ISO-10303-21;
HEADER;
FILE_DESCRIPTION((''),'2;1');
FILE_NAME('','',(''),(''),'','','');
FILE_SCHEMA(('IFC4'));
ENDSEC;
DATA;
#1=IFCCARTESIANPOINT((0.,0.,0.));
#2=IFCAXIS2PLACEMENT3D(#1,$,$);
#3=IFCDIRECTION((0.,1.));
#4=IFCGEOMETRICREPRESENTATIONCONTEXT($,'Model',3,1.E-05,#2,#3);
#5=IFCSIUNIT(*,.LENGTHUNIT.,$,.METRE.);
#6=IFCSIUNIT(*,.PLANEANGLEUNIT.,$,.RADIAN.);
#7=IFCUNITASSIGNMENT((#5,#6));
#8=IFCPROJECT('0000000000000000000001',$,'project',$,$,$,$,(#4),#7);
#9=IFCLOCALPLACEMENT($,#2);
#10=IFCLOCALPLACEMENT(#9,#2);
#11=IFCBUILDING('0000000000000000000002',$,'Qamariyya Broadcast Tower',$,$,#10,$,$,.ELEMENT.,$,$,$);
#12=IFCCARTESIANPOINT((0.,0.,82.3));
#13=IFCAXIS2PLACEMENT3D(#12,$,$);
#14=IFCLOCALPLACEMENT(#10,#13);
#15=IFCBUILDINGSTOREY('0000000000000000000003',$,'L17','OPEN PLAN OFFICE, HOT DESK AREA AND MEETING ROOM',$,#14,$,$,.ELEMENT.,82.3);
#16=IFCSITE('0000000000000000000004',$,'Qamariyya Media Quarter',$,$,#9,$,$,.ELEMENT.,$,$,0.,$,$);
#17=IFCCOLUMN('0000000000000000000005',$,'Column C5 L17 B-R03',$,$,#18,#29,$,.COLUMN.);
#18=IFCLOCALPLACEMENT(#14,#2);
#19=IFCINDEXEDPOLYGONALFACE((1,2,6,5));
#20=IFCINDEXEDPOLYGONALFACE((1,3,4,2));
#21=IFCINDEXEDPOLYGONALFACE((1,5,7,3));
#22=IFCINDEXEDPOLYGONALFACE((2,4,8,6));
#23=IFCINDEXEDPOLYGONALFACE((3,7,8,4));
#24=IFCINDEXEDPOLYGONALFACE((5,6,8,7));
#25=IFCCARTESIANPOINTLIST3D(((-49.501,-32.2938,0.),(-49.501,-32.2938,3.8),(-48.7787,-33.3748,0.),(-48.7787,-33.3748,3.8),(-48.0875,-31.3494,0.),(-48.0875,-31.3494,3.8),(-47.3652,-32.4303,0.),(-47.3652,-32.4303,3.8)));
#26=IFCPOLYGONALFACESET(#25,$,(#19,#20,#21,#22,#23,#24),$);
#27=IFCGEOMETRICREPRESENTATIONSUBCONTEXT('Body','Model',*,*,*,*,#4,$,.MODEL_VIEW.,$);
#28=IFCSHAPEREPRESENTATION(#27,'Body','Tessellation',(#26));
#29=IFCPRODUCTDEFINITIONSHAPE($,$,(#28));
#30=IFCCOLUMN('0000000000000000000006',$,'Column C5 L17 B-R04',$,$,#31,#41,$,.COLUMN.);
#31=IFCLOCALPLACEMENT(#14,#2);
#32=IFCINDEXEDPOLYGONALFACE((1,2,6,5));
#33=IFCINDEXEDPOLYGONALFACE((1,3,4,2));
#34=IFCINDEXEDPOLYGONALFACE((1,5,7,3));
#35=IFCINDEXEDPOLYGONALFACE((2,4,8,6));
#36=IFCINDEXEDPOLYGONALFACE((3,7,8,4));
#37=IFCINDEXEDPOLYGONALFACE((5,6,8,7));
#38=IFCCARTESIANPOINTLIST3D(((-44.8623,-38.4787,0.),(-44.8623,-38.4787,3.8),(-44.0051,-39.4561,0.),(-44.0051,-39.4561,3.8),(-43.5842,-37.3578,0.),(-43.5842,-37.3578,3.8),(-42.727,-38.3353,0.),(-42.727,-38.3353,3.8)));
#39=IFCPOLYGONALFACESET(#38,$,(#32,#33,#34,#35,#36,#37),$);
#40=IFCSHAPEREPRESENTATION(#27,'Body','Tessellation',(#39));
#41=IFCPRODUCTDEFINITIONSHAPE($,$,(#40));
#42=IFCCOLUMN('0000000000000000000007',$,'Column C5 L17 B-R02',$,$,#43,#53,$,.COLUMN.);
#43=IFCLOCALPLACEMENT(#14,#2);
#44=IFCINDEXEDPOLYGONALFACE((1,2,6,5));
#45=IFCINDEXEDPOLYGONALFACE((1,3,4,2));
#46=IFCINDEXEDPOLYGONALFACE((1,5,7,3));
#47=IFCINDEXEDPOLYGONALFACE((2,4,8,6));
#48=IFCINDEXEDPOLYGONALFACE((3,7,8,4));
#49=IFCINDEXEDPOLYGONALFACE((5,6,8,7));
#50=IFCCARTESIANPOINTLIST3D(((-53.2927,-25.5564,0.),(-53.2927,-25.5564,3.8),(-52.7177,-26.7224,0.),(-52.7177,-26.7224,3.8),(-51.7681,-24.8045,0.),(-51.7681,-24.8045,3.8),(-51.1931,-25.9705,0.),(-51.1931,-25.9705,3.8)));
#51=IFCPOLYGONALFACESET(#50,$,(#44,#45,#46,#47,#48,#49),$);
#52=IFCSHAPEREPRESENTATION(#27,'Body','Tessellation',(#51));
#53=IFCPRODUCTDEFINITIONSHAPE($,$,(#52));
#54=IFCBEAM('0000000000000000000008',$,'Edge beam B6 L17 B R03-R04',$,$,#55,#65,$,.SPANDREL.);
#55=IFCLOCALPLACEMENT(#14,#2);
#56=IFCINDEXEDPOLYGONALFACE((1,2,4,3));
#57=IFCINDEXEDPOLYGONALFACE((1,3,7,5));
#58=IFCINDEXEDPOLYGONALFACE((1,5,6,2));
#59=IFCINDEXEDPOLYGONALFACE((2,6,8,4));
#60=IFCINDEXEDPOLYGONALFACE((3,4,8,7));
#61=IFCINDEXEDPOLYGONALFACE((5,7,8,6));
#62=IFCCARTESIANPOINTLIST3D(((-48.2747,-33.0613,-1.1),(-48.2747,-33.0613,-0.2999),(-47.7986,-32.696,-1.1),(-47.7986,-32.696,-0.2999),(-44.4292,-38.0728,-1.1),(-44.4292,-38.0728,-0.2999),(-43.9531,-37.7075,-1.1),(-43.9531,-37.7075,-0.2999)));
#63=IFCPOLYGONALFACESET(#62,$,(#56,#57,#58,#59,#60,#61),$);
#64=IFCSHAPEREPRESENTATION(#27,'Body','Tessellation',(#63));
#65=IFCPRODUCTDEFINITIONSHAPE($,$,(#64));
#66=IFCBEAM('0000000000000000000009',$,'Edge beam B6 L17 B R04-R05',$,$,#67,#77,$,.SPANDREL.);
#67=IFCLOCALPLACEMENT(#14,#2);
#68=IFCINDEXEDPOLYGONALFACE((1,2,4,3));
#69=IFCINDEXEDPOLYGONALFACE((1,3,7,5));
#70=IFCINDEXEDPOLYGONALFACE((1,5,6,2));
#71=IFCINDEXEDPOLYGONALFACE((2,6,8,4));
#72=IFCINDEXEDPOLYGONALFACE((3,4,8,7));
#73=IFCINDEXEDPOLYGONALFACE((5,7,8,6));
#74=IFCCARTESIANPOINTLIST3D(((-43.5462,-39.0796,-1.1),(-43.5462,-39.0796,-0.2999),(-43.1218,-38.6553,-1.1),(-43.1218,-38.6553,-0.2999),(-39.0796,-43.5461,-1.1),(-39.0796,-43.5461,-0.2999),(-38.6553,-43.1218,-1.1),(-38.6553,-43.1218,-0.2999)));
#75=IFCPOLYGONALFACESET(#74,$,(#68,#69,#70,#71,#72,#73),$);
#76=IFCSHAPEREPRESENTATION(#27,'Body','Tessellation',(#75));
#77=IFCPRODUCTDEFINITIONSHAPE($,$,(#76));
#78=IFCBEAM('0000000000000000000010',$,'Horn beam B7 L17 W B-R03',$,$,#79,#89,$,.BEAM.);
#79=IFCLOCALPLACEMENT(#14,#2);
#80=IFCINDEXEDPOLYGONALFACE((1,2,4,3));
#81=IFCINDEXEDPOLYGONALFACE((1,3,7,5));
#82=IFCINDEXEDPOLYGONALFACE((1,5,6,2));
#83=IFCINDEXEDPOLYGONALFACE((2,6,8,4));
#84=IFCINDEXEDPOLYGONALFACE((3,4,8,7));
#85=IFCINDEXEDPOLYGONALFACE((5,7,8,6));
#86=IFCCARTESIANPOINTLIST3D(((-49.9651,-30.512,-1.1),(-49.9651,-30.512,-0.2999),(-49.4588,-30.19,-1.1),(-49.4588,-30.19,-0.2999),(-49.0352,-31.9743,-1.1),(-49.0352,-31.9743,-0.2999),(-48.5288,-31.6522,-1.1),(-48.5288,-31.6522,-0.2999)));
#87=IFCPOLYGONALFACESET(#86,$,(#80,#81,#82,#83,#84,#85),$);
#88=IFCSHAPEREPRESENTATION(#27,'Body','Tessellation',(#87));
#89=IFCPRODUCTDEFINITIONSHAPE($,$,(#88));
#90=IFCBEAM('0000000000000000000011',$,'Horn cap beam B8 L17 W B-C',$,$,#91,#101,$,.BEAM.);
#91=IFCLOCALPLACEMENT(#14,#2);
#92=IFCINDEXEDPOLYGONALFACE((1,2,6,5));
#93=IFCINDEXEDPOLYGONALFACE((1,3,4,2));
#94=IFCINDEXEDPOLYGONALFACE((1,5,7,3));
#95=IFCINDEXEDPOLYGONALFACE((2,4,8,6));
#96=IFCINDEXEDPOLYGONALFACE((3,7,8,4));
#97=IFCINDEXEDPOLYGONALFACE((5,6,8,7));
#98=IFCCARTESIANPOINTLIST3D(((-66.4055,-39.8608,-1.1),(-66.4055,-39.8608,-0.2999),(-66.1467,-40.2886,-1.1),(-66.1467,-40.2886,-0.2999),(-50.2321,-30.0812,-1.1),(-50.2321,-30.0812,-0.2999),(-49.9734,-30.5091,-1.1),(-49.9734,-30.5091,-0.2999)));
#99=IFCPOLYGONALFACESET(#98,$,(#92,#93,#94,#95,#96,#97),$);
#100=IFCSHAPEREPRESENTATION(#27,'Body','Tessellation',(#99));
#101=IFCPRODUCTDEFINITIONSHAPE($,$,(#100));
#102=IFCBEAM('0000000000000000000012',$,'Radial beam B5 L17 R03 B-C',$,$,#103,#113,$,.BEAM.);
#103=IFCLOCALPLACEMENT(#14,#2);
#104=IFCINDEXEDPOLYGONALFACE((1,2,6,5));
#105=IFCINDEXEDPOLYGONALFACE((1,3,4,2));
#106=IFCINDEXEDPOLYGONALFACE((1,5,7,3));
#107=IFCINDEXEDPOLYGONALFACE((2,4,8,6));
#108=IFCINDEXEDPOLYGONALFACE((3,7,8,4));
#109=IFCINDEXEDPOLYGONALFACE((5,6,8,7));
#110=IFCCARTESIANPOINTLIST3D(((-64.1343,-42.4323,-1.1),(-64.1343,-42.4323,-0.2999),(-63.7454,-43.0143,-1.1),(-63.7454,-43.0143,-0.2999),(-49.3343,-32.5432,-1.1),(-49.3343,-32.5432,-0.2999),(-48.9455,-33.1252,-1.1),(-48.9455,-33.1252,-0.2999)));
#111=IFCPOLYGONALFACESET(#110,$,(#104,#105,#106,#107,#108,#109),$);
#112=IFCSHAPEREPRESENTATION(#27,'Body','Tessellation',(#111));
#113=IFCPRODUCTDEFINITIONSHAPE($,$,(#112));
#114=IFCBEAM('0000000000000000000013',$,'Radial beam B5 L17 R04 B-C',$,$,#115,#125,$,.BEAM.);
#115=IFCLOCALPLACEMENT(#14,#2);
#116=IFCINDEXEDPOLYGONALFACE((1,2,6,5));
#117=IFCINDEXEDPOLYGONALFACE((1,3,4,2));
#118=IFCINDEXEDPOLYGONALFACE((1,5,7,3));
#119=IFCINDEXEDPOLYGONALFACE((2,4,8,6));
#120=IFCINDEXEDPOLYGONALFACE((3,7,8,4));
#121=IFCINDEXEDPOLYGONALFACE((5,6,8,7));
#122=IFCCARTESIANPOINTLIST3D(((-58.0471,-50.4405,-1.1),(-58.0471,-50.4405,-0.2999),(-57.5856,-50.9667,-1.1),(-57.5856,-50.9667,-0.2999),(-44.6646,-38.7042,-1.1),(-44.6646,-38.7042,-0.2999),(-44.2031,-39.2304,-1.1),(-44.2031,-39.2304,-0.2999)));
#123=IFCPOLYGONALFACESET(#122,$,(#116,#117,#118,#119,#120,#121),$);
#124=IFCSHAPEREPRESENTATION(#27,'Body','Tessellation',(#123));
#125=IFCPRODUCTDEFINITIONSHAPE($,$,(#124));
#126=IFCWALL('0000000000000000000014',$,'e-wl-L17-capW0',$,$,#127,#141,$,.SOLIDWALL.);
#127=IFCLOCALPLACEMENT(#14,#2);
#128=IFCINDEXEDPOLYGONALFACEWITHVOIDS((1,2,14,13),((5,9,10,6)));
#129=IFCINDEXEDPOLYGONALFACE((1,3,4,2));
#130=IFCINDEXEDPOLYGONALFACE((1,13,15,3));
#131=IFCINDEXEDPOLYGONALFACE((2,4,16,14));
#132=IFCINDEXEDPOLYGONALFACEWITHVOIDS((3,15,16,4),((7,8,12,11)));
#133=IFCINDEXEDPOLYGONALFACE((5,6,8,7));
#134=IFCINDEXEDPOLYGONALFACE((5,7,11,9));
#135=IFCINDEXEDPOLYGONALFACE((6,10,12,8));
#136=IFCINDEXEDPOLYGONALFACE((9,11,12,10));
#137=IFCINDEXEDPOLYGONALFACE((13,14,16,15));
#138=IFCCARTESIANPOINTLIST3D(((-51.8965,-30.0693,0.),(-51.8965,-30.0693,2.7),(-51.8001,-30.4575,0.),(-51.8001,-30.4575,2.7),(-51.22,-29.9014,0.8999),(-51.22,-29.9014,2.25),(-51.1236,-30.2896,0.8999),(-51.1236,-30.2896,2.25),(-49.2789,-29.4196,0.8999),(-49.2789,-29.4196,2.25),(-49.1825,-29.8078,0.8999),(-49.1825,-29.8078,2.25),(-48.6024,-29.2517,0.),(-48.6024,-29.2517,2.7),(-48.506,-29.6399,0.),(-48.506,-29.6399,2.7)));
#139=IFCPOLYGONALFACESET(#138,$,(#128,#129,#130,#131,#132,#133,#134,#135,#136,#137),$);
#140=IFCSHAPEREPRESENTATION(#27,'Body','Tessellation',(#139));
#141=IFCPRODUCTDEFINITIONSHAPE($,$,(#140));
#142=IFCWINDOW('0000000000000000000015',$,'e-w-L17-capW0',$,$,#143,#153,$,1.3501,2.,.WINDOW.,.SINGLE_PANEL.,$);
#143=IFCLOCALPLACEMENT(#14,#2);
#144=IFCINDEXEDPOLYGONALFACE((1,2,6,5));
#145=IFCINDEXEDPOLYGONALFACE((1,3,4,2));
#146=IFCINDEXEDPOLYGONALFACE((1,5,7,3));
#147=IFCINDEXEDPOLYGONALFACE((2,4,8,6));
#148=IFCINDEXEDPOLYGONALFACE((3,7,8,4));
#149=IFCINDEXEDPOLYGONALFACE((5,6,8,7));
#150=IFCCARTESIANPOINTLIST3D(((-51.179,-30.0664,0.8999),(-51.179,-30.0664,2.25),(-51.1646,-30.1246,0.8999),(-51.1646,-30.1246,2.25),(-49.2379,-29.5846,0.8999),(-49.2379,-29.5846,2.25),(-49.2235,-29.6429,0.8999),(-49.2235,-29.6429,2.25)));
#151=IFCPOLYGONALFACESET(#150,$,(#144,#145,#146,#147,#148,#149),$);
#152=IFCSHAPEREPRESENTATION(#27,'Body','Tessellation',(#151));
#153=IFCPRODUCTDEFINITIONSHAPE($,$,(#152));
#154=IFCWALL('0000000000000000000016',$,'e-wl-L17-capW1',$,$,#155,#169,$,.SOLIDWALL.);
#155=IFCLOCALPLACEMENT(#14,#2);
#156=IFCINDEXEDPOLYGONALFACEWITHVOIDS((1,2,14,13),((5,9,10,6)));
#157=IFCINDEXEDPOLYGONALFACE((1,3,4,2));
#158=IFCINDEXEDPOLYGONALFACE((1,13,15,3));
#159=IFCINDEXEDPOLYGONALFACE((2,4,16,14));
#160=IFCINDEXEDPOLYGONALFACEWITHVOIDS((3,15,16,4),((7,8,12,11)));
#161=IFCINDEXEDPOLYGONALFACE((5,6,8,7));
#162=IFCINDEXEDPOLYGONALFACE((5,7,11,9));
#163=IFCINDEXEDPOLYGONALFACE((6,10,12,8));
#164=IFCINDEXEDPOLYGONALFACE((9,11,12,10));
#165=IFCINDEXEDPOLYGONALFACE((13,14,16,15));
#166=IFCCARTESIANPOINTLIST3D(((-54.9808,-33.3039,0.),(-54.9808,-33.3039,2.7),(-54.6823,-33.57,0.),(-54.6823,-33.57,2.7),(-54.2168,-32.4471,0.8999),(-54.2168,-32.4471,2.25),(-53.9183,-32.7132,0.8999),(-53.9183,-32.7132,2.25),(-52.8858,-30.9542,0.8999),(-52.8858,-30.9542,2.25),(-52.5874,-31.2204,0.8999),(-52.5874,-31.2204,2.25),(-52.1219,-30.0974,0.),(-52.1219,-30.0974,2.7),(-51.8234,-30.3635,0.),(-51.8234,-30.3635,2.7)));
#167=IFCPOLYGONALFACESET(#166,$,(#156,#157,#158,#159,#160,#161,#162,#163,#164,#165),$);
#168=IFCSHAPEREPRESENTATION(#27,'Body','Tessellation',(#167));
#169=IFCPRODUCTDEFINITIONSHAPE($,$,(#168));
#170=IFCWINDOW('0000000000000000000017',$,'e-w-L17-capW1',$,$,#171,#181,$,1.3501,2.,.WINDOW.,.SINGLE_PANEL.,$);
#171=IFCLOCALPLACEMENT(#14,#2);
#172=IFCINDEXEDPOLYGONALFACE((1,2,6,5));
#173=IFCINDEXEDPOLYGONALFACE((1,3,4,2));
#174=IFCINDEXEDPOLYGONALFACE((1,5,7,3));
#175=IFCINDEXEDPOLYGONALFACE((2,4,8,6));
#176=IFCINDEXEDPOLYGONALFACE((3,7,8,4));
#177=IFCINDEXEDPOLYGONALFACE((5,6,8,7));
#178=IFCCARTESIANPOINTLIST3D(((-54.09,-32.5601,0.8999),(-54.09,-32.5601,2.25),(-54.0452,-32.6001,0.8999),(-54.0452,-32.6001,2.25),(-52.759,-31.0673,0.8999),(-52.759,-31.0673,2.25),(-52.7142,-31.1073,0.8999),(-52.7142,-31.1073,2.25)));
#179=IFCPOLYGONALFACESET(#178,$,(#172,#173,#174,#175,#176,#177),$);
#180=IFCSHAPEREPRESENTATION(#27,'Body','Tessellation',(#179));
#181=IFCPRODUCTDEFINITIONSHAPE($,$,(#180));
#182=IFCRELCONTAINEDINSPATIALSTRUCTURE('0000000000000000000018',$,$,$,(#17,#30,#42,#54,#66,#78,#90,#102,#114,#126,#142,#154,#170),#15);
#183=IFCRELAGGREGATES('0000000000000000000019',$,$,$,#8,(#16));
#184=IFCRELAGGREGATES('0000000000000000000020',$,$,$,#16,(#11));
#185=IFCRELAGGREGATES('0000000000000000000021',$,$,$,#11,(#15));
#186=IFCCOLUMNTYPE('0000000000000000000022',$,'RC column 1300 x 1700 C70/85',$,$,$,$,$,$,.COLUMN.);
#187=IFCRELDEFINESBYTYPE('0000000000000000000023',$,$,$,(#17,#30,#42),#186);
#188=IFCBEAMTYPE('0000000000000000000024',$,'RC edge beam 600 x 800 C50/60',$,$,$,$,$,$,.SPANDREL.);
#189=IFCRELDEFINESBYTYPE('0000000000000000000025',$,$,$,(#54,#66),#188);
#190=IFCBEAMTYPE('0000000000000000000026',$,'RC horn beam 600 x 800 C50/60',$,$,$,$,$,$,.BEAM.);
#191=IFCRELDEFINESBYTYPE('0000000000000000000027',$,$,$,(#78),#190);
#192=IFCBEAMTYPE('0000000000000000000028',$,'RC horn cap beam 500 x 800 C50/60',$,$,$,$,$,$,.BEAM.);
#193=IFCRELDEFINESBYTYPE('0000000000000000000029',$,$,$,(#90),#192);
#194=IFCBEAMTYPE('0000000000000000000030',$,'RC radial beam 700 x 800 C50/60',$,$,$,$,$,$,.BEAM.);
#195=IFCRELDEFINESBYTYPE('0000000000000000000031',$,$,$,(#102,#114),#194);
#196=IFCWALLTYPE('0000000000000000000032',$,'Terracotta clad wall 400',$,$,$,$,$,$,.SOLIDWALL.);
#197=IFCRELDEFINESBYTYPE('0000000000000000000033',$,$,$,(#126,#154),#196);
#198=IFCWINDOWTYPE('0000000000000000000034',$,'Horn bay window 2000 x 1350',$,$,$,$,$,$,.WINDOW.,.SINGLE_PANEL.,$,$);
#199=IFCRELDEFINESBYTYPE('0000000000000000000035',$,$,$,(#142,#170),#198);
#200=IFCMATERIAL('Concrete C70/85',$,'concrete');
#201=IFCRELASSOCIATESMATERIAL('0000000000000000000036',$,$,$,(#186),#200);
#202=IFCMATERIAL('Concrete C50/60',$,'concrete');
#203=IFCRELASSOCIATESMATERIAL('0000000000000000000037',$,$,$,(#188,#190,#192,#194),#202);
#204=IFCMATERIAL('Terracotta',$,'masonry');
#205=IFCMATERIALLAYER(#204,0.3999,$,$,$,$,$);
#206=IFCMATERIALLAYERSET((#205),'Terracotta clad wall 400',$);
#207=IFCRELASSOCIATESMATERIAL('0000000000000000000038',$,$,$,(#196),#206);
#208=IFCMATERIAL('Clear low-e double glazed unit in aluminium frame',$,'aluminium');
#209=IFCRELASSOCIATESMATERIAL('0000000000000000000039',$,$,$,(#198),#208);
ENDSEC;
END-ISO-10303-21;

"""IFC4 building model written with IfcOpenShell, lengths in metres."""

from ifc_helpers import new_model, si_unit, direction, frame, frame_2d, origin, origin_2d, place, context, subcontext, project, spatial, rectangle, extrude, material, layer, layer_set, material_profile, profile_set, type_object, element, fill, save


model = new_model("IFC4")

# Units and contexts
model_context = context("Model", 3, precision=1e-05, world=origin(), true_north=direction((0.0, 1.0)))
body_context = subcontext(model_context, "Body", "Model", "MODEL_VIEW")
ifc_project = project(units=[si_unit("LENGTHUNIT", "METRE"), si_unit("PLANEANGLEUNIT", "RADIAN")], contexts=[model_context])

# Site, building, storey
site_placement = place(None, origin())
site = spatial("IfcSite", under=ifc_project, at=site_placement, Name="Qamariyya Media Quarter", CompositionType="ELEMENT", RefElevation=0.0)
building_placement = place(site_placement, origin())
building = spatial("IfcBuilding", under=site, at=building_placement, Name="Qamariyya Broadcast Tower", CompositionType="ELEMENT")
storey_placement = place(building_placement, frame((0.0, 0.0, 82.3)))
storey = spatial("IfcBuildingStorey", under=building, at=storey_placement, Name="L17", Description="OPEN PLAN OFFICE, HOT DESK AREA AND MEETING ROOM", CompositionType="ELEMENT", Elevation=82.3)

# Columns
ifc_material_1 = material(Name="Concrete C70/85", Category="concrete")
ifc_material_profile_1 = material_profile(ifc_material_1, rectangle(XDim=1.3, YDim=1.7, at=origin_2d()))
ifc_profile_set_1 = profile_set([ifc_material_profile_1], Name="Concrete C70/85")
column_type = type_object("IfcColumnType", Name="RC column 1300 x 1700 C70/85", PredefinedType="COLUMN", material=ifc_profile_set_1)
for number, where, z_axis, x_axis, name in (
    (1, (-48.4331, -32.3621, 0.0), (0.0, 0.0, 1.0), (0.55557, -0.83147, 0.0), "Column C5 L17 B-R03"),
    (2, (-43.7947, -38.407, 0.0), (0.0, 0.0, 1.0), (0.659346, -0.75184, 0.0), "Column C5 L17 B-R04"),
    (3, (-52.2429, -25.7634, 0.0), (0.0, 0.0, 1.0), (0.442289, -0.896873, 0.0), "Column C5 L17 B-R02"),
):
    element("IfcColumn", number, at=place(storey_placement, frame(where, z_axis=z_axis, x_axis=x_axis)), inside=storey, type_object=column_type, Name=name, PredefinedType="COLUMN", context=body_context, shape_type="SweptSolid", body=[
        extrude(rectangle(XDim=1.3, YDim=1.7, at=origin_2d()), origin(), (0.0, 0.0, 1.0), 3.8),
    ])

# Beams
ifc_material_2 = material(Name="Concrete C50/60", Category="concrete")
ifc_material_profile_2 = material_profile(ifc_material_2, rectangle(XDim=0.6001, YDim=0.8, at=origin_2d()))
ifc_profile_set_2 = profile_set([ifc_material_profile_2], Name="Concrete C50/60")
beam_type_1 = type_object("IfcBeamType", Name="RC edge beam 600 x 800 C50/60", PredefinedType="SPANDREL", material=ifc_profile_set_2)
beam_1_placement = place(storey_placement, frame((-48.0366, -32.8787, -0.7), z_axis=(0.608763, -0.793352, 0.0), x_axis=(0.793352, 0.608763, 0.0)))
element("IfcBeam", 4, at=beam_1_placement, inside=storey, type_object=beam_type_1, Name="Edge beam B6 L17 B R03-R04", PredefinedType="SPANDREL", context=body_context, shape_type="SweptSolid", body=[
    extrude(rectangle(XDim=0.6001, YDim=0.8, at=origin_2d()), origin(), (0.0, 0.0, 1.0), 6.3169),
])
beam_2_placement = place(storey_placement, frame((-43.334, -38.8674, -0.7), z_axis=(0.707107, -0.707107, 0.0), x_axis=(0.707107, 0.707107, 0.0)))
element("IfcBeam", 5, at=beam_2_placement, inside=storey, type_object=beam_type_1, Name="Edge beam B6 L17 B R04-R05", PredefinedType="SPANDREL", context=body_context, shape_type="SweptSolid", body=[
    extrude(rectangle(XDim=0.6001, YDim=0.8, at=origin_2d()), origin(), (0.0, 0.0, 1.0), 6.3167),
])
ifc_material_profile_3 = material_profile(ifc_material_2, rectangle(XDim=0.6001, YDim=0.8, at=origin_2d()))
ifc_profile_set_3 = profile_set([ifc_material_profile_3], Name="Concrete C50/60")
beam_type_2 = type_object("IfcBeamType", Name="RC horn beam 600 x 800 C50/60", PredefinedType="BEAM", material=ifc_profile_set_3)
beam_3_placement = place(storey_placement, frame((-48.782, -31.8132, -0.7), z_axis=(-0.536657, 0.843801, 0.0), x_axis=(-0.843801, -0.536657, 0.0)))
element("IfcBeam", 6, at=beam_3_placement, inside=storey, type_object=beam_type_2, Name="Horn beam B7 L17 W B-R03", PredefinedType="BEAM", context=body_context, shape_type="SweptSolid", body=[
    extrude(rectangle(XDim=0.6001, YDim=0.8, at=origin_2d()), origin(), (0.0, 0.0, 1.0), 1.7329),
])
ifc_material_profile_4 = material_profile(ifc_material_2, rectangle(XDim=0.5, YDim=0.8, at=origin_2d()))
ifc_profile_set_4 = profile_set([ifc_material_profile_4], Name="Concrete C50/60")
beam_type_3 = type_object("IfcBeamType", Name="RC horn cap beam 500 x 800 C50/60", PredefinedType="BEAM", material=ifc_profile_set_4)
beam_4_placement = place(storey_placement, frame((-50.1028, -30.2952, -0.7), z_axis=(-0.855725, -0.517431, 0.0), x_axis=(0.517431, -0.855725, 0.0)))
element("IfcBeam", 7, at=beam_4_placement, inside=storey, type_object=beam_type_3, Name="Horn cap beam B8 L17 W B-C", PredefinedType="BEAM", context=body_context, shape_type="SweptSolid", body=[
    extrude(rectangle(XDim=0.5, YDim=0.8, at=origin_2d()), origin(), (0.0, 0.0, 1.0), 18.9001),
])
ifc_material_profile_5 = material_profile(ifc_material_2, rectangle(XDim=0.7, YDim=0.8, at=origin_2d()))
ifc_profile_set_5 = profile_set([ifc_material_profile_5], Name="Concrete C50/60")
beam_type_4 = type_object("IfcBeamType", Name="RC radial beam 700 x 800 C50/60", PredefinedType="BEAM", material=ifc_profile_set_5)
for number, where, z_axis, x_axis, name in (
    (8, (-49.1399, -32.8342, -0.7), (-0.831467, -0.555573, 0.0), (0.555573, -0.831467, 0.0), "Radial beam B5 L17 R03 B-C"),
    (9, (-44.4338, -38.9673, -0.7), (-0.751836, -0.65935, 0.0), (0.65935, -0.751836, 0.0), "Radial beam B5 L17 R04 B-C"),
):
    element("IfcBeam", number, at=place(storey_placement, frame(where, z_axis=z_axis, x_axis=x_axis)), inside=storey, type_object=beam_type_4, Name=name, PredefinedType="BEAM", context=body_context, shape_type="SweptSolid", body=[
        extrude(rectangle(XDim=0.7, YDim=0.8, at=origin_2d()), origin(), (0.0, 0.0, 1.0), 17.7998),
    ])

# Walls, openings, windows
ifc_material_3 = material(Name="Terracotta", Category="masonry")
ifc_layer = layer(ifc_material_3, 0.3999)
ifc_layer_set = layer_set([ifc_layer], Name="Terracotta clad wall 400")
wall_type = type_object("IfcWallType", Name="Terracotta clad wall 400", PredefinedType="SOLIDWALL", material=ifc_layer_set)
wall_1_placement = place(storey_placement, frame((-48.5542, -29.4458, 0.0), z_axis=(0.0, 0.0, 1.0), x_axis=(-0.970552, -0.240894, 0.0)))
wall_1 = element("IfcWall", 10, at=wall_1_placement, inside=storey, type_object=wall_type, Name="e-wl-L17-capW0", PredefinedType="SOLIDWALL", context=body_context, shape_type="SweptSolid", body=[
    extrude(rectangle(XDim=3.394, YDim=0.3999, at=frame_2d((1.697, 0.0))), origin(), (0.0, 0.0, 1.0), 2.7),
])
opening_1_placement = place(wall_1_placement, frame((0.697, 0.0, 0.8999)))
opening_1 = element("IfcOpeningElement", 11, at=opening_1_placement, cuts=wall_1, PredefinedType="OPENING", context=body_context, shape_type="SweptSolid", body=[
    extrude(rectangle(XDim=2.0, YDim=1.3501, at=frame_2d((1.0, 0.675))), frame((0.0, 0.21, 0.0), z_axis=(0.0, -1.0, 0.0), x_axis=(1.0, 0.0, 0.0)), (0.0, 0.0, 1.0), 0.4199),
])
ifc_material_4 = material(Name="Clear low-e double glazed unit in aluminium frame", Category="aluminium")
window_type_1 = type_object("IfcWindowType", Name="Horn bay window 2000 x 1350", PartitioningType="SINGLE_PANEL", PredefinedType="WINDOW", material=ifc_material_4)
window_1_placement = place(opening_1_placement, origin())
window_1 = element("IfcWindow", 12, at=window_1_placement, inside=storey, type_object=window_type_1, Name="e-w-L17-capW0", OverallHeight=1.3501, OverallWidth=2.0, PartitioningType="SINGLE_PANEL", PredefinedType="WINDOW", context=body_context, shape_type="SweptSolid", body=[
    extrude(rectangle(XDim=2.0, YDim=1.3501, at=frame_2d((1.0, 0.675))), frame((0.0, 0.03, 0.0), z_axis=(0.0, -1.0, 0.0), x_axis=(1.0, 0.0, 0.0)), (0.0, 0.0, 1.0), 0.0601),
])
fill(opening_1, window_1)
wall_2_placement = place(storey_placement, frame((-51.9727, -30.2305, 0.0), z_axis=(0.0, 0.0, 1.0), x_axis=(-0.665485, -0.746411, 0.0)))
wall_2 = element("IfcWall", 13, at=wall_2_placement, inside=storey, type_object=wall_type, Name="e-wl-L17-capW1", PredefinedType="SOLIDWALL", context=body_context, shape_type="SweptSolid", body=[
    extrude(rectangle(XDim=4.2959, YDim=0.3999, at=frame_2d((2.1479, 0.0))), origin(), (0.0, 0.0, 1.0), 2.7),
])
opening_2_placement = place(wall_2_placement, frame((1.1479, 0.0, 0.8999)))
opening_2 = element("IfcOpeningElement", 14, at=opening_2_placement, cuts=wall_2, PredefinedType="OPENING", context=body_context, shape_type="SweptSolid", body=[
    extrude(rectangle(XDim=2.0, YDim=1.3501, at=frame_2d((1.0, 0.675))), frame((0.0, 0.21, 0.0), z_axis=(0.0, -1.0, 0.0), x_axis=(1.0, 0.0, 0.0)), (0.0, 0.0, 1.0), 0.4199),
])
window_2_placement = place(opening_2_placement, origin())
window_2 = element("IfcWindow", 15, at=window_2_placement, inside=storey, type_object=window_type_1, Name="e-w-L17-capW1", OverallHeight=1.3501, OverallWidth=2.0, PartitioningType="SINGLE_PANEL", PredefinedType="WINDOW", context=body_context, shape_type="SweptSolid", body=[
    extrude(rectangle(XDim=2.0, YDim=1.3501, at=frame_2d((1.0, 0.675))), frame((0.0, 0.03, 0.0), z_axis=(0.0, -1.0, 0.0), x_axis=(1.0, 0.0, 0.0)), (0.0, 0.0, 1.0), 0.0601),
])
fill(opening_2, window_2)

save(model, "model.ifc")
